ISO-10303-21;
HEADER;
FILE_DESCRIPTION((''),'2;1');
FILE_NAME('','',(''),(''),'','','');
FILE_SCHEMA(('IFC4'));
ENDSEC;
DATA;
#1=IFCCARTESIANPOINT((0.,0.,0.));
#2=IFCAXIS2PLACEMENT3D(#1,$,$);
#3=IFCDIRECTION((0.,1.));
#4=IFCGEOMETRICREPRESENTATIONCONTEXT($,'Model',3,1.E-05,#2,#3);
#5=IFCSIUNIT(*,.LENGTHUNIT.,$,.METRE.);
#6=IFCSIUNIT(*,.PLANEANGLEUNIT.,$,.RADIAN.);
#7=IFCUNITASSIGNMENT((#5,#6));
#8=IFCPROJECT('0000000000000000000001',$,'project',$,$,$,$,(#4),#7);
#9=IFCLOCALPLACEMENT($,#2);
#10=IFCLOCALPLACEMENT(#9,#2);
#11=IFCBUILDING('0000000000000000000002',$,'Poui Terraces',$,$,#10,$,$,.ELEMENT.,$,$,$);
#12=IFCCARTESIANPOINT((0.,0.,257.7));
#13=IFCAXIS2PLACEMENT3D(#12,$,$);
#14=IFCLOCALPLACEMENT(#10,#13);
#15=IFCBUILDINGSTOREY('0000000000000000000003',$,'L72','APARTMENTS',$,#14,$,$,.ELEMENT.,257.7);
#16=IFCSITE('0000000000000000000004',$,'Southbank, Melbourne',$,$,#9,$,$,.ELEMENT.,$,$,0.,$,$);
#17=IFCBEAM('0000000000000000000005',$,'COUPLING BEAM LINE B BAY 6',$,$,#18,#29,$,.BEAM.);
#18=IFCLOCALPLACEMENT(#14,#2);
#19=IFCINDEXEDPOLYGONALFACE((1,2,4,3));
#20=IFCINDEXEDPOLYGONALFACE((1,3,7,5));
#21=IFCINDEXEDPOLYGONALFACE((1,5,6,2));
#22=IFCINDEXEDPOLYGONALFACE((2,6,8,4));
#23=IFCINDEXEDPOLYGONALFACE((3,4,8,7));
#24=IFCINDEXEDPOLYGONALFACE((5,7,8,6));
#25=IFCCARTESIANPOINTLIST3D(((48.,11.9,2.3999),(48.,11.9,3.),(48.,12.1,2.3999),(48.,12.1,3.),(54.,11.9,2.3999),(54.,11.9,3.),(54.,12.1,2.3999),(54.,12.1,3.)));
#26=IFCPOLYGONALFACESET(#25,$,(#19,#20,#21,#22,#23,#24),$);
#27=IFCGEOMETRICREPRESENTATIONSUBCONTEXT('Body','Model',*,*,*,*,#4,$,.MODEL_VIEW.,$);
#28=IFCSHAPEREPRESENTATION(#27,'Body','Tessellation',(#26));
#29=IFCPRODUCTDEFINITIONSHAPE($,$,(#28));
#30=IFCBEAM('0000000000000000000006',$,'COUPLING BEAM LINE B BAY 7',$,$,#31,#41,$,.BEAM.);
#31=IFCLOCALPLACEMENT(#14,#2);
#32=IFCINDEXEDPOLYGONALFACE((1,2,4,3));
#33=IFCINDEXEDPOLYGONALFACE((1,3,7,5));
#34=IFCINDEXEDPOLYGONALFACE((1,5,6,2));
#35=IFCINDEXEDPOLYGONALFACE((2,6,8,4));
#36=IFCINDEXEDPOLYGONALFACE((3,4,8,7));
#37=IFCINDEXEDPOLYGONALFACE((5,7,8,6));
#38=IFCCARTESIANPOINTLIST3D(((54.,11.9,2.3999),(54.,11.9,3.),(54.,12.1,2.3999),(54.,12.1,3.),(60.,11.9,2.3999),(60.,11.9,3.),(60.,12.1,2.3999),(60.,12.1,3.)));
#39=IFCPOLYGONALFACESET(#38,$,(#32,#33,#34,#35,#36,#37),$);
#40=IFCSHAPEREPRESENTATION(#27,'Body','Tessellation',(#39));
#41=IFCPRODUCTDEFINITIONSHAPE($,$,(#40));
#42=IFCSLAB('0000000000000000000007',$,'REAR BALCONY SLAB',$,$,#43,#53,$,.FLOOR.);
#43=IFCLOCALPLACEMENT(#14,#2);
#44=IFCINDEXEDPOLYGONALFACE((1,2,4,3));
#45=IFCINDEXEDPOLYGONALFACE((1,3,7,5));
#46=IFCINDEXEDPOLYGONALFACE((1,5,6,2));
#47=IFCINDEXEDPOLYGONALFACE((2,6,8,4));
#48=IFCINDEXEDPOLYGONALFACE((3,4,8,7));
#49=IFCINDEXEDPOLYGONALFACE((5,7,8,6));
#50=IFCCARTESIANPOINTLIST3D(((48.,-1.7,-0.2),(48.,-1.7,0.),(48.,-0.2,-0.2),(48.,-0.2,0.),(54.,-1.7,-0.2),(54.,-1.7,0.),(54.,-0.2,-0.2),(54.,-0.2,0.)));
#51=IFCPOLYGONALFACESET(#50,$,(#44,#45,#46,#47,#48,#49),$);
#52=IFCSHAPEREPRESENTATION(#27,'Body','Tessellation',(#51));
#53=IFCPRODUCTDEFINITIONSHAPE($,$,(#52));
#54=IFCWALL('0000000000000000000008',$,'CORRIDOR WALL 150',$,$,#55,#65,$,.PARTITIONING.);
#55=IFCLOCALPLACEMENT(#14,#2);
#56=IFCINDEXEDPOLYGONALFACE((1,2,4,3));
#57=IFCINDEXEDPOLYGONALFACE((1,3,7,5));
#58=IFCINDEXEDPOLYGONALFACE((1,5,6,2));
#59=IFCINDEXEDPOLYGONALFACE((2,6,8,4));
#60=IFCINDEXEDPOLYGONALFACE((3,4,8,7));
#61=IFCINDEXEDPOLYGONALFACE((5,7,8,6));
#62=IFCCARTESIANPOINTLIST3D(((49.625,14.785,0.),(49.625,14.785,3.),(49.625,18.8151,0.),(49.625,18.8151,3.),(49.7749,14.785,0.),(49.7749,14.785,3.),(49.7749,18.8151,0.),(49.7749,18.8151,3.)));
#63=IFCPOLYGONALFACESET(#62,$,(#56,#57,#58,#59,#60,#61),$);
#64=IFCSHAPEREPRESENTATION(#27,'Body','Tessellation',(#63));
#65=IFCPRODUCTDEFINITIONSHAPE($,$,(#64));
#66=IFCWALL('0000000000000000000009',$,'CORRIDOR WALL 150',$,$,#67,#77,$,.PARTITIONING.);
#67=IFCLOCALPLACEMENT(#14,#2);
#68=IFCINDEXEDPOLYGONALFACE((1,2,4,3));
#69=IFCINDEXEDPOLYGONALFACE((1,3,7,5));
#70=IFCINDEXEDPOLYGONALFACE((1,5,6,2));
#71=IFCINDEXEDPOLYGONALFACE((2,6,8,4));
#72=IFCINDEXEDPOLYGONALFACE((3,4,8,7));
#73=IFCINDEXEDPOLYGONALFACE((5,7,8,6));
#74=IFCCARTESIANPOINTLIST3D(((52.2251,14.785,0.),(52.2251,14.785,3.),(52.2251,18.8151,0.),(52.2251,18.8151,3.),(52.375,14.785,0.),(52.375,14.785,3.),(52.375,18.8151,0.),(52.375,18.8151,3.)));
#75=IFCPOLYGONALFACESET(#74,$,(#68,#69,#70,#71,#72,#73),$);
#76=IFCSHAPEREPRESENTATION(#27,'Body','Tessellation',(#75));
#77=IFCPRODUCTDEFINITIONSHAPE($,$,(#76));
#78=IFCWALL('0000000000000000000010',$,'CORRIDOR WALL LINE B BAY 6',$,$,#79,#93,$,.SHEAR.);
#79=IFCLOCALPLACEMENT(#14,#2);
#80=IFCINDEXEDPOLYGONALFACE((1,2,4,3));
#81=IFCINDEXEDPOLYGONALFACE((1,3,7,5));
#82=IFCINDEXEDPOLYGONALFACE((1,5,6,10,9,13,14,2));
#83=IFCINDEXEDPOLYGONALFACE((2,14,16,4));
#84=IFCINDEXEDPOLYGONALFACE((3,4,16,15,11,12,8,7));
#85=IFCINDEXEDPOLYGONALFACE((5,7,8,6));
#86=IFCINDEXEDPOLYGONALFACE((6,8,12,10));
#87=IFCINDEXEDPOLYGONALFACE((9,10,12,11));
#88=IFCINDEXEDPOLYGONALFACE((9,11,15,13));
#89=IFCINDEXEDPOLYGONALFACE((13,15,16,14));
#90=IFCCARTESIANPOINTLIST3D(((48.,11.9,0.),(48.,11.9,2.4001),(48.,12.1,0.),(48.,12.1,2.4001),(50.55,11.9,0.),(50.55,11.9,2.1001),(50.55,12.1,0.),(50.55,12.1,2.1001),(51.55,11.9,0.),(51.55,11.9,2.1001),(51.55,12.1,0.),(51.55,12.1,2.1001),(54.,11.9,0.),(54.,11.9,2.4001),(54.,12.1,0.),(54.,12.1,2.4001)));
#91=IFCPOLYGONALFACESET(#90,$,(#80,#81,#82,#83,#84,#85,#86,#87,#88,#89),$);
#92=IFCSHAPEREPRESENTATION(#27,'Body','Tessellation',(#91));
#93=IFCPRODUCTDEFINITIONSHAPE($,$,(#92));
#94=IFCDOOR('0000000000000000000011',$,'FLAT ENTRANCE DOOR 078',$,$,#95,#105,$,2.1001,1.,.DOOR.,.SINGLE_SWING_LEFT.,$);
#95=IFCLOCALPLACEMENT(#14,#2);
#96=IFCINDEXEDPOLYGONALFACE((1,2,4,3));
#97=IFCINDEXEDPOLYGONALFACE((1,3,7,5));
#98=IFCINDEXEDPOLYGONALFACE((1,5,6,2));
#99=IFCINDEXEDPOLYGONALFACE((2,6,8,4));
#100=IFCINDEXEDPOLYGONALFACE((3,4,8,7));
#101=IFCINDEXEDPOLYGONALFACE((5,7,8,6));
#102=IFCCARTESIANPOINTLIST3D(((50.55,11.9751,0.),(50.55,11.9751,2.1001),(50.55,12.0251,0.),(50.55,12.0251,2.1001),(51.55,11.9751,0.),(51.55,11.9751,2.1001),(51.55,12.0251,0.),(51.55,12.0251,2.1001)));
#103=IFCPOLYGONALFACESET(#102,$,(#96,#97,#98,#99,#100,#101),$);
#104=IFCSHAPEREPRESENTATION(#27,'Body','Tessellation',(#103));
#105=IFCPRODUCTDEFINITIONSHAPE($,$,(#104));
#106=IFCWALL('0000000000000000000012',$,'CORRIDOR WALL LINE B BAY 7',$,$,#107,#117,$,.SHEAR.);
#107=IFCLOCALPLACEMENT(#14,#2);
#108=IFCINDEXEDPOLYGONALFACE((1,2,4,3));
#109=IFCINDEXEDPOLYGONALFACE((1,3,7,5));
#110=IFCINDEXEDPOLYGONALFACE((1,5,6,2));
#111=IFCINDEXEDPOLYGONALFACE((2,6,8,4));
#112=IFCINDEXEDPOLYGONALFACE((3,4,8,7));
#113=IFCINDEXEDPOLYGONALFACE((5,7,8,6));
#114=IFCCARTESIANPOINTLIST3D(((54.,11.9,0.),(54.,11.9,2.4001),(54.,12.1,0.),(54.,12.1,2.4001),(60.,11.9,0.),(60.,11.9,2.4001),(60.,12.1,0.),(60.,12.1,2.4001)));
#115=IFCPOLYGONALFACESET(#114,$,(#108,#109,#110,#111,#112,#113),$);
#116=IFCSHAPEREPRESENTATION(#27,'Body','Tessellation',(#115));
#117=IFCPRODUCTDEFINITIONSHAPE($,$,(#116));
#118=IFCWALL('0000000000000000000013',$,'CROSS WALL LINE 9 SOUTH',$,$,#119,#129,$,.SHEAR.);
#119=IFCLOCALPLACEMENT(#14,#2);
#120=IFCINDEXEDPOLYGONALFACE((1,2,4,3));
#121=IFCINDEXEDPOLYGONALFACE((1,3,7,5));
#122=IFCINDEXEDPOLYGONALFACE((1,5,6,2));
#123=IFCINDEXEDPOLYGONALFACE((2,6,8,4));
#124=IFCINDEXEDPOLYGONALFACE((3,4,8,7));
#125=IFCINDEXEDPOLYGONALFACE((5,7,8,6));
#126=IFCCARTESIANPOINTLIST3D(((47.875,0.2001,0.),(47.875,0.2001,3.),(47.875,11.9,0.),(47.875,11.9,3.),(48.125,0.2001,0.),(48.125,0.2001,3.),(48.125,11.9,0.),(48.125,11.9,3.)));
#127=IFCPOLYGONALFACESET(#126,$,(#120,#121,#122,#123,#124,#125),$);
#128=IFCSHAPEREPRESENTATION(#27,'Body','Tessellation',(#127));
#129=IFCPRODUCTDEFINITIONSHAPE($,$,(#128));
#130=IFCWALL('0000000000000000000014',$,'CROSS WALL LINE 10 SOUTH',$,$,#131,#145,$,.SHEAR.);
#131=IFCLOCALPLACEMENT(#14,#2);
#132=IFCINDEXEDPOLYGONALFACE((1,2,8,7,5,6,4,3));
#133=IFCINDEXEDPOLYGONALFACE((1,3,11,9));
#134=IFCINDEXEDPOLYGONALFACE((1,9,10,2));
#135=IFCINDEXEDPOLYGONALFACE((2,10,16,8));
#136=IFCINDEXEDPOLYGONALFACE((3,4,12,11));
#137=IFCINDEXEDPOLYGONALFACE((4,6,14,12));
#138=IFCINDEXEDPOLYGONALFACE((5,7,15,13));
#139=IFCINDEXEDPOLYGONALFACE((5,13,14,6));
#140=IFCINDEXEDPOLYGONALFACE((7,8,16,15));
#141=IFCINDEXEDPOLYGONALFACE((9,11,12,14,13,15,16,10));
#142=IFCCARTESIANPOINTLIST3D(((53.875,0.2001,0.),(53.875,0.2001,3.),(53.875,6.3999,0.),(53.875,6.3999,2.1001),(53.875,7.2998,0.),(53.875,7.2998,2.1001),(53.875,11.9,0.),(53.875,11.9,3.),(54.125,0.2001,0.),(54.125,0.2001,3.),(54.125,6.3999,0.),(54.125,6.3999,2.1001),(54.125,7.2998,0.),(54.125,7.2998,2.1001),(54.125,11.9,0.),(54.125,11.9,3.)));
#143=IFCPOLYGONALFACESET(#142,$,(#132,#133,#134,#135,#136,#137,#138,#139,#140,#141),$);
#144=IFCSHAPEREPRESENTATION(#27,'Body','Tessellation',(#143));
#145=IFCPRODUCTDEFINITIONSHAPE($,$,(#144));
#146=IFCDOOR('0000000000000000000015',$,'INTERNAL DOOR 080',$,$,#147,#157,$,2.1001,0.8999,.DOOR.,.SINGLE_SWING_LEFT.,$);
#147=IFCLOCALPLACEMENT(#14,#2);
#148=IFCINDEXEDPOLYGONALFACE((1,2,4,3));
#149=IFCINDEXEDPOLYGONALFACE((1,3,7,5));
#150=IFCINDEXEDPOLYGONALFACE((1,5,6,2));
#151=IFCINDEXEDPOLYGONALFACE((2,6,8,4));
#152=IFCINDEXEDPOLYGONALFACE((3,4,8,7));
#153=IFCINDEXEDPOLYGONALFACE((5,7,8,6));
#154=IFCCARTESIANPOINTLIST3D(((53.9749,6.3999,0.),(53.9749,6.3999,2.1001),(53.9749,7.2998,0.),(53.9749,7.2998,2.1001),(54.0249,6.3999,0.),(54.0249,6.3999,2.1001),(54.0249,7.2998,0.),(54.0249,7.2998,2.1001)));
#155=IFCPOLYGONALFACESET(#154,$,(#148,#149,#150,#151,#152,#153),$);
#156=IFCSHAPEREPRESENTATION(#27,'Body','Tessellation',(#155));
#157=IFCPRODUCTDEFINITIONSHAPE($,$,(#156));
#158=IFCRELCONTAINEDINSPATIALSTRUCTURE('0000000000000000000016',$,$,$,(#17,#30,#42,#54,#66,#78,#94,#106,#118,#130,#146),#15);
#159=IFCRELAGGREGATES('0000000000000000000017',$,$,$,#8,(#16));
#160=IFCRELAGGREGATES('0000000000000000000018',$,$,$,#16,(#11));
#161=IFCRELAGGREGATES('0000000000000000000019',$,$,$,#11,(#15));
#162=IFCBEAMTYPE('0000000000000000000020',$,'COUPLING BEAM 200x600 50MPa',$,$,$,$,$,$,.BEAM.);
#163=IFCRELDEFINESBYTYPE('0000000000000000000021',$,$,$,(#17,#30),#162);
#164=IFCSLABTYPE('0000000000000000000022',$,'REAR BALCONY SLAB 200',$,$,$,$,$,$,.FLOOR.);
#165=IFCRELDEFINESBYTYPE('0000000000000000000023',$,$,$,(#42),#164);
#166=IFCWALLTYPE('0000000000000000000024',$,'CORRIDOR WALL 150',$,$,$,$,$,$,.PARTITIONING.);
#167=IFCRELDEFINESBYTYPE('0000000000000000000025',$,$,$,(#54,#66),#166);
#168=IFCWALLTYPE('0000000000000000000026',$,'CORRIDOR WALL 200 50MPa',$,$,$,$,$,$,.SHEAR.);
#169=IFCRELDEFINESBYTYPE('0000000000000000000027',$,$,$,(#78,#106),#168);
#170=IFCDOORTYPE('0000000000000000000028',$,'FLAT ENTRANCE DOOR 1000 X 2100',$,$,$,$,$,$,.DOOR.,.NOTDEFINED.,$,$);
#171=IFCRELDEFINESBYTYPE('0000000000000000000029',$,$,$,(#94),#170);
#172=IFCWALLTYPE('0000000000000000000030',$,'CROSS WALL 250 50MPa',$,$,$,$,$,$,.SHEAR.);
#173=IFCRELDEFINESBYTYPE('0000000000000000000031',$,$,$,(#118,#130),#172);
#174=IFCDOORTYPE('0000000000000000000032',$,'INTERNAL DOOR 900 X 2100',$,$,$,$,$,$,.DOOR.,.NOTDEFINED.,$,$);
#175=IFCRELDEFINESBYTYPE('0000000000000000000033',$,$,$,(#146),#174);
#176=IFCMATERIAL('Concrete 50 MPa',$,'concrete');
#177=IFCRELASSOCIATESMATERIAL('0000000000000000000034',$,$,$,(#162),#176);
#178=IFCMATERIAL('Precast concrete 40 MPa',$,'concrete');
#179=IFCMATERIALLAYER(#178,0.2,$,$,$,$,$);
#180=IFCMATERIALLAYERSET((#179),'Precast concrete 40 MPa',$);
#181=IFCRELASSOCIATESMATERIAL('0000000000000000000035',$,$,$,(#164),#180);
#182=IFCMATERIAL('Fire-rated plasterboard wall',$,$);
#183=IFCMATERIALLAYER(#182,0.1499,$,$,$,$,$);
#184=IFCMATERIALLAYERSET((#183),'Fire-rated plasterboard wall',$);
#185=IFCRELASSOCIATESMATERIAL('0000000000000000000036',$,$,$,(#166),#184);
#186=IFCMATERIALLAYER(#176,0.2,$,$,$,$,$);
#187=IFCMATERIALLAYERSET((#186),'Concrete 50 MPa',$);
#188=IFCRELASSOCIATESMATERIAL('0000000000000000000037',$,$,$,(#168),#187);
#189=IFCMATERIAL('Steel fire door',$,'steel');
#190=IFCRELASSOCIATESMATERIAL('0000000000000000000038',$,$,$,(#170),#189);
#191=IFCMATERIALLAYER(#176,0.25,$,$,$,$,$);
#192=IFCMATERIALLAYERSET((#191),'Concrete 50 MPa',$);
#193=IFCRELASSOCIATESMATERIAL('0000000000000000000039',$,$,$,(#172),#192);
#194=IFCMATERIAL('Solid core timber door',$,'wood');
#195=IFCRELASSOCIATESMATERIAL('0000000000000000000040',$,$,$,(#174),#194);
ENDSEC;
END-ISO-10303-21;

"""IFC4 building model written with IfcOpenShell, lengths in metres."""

from ifc_helpers import new_model, si_unit, direction, frame, frame_2d, origin, origin_2d, place, context, subcontext, project, spatial, polyline, rectangle, outline, extrude, source, transform, mapped, material, layer, layer_set, material_profile, profile_set, type_object, element, fill, save


model = new_model("IFC4")

# Units and contexts
model_context = context("Model", 3, precision=1e-05, world=origin(), true_north=direction((0.0, 1.0)))
body_context = subcontext(model_context, "Body", "Model", "MODEL_VIEW")
ifc_project = project(units=[si_unit("LENGTHUNIT", "METRE"), si_unit("PLANEANGLEUNIT", "RADIAN")], contexts=[model_context])

# Site, building, storey
site_placement = place(None, origin())
site = spatial("IfcSite", under=ifc_project, at=site_placement, Name="Southbank, Melbourne", CompositionType="ELEMENT", RefElevation=0.0)
building_placement = place(site_placement, origin())
building = spatial("IfcBuilding", under=site, at=building_placement, Name="Poui Terraces", CompositionType="ELEMENT")
storey_placement = place(building_placement, frame((0.0, 0.0, 257.7)))
storey = spatial("IfcBuildingStorey", under=building, at=storey_placement, Name="L72", Description="APARTMENTS", CompositionType="ELEMENT", Elevation=257.7)

# Beams
ifc_material_1 = material(Name="Concrete 50 MPa", Category="concrete")
ifc_material_profile_1 = material_profile(ifc_material_1, rectangle(XDim=0.2, YDim=0.6001, at=origin_2d()), Name="RC 200x600")
ifc_profile_set_1 = profile_set([ifc_material_profile_1], Name="Concrete 50 MPa")
beam_type = type_object("IfcBeamType", Name="COUPLING BEAM 200x600 50MPa", PredefinedType="BEAM", material=ifc_profile_set_1)
shared_shape_1 = source(origin(), body_context, "Body", "SweptSolid", [
    extrude(rectangle(XDim=0.2, YDim=0.6001, at=origin_2d()), origin(), (0.0, 0.0, 1.0), 6.0),
])
for number, where, z_axis, x_axis, name in (
    (1, (48.0, 12.0, 2.7), (1.0, 0.0, 0.0), (0.0, 1.0, 0.0), "COUPLING BEAM LINE B BAY 6"),
    (2, (54.0, 12.0, 2.7), (1.0, 0.0, 0.0), (0.0, 1.0, 0.0), "COUPLING BEAM LINE B BAY 7"),
):
    element("IfcBeam", number, at=place(storey_placement, frame(where, z_axis=z_axis, x_axis=x_axis)), inside=storey, type_object=beam_type, Name=name, PredefinedType="BEAM", context=body_context, shape_type="MappedRepresentation", body=[
        mapped(shared_shape_1, transform((0.0, 0.0, 0.0))),
    ])

# Slab
ifc_material_2 = material(Name="Precast concrete 40 MPa", Category="concrete")
ifc_layer_1 = layer(ifc_material_2, 0.2)
ifc_layer_set_1 = layer_set([ifc_layer_1], Name="Precast concrete 40 MPa")
slab_type = type_object("IfcSlabType", Name="REAR BALCONY SLAB 200", PredefinedType="FLOOR", material=ifc_layer_set_1)
shared_shape_2 = source(origin(), body_context, "Body", "SweptSolid", [
    extrude(outline(polyline([(0.0, 0.0), (6.0, 0.0), (6.0, 1.5), (0.0, 1.5), (0.0, 0.0)])), origin(), (0.0, 0.0, 1.0), 0.2),
])
slab_placement = place(storey_placement, frame((48.0, -1.7, -0.2)))
element("IfcSlab", 3, at=slab_placement, inside=storey, type_object=slab_type, Name="REAR BALCONY SLAB", PredefinedType="FLOOR", context=body_context, shape_type="MappedRepresentation", body=[
    mapped(shared_shape_2, transform((0.0, 0.0, 0.0))),
])

# Walls
ifc_material_3 = material(Name="Fire-rated plasterboard wall")
ifc_layer_2 = layer(ifc_material_3, 0.1499)
ifc_layer_set_2 = layer_set([ifc_layer_2], Name="Fire-rated plasterboard wall")
wall_type_1 = type_object("IfcWallType", Name="CORRIDOR WALL 150", PredefinedType="PARTITIONING", material=ifc_layer_set_2)
for number, where, z_axis, x_axis, name in (
    (4, (49.7, 14.7849, 0.0), (0.0, 0.0, 1.0), (0.0, 1.0, 0.0), "CORRIDOR WALL 150"),
    (5, (52.3, 14.7849, 0.0), (0.0, 0.0, 1.0), (0.0, 1.0, 0.0), "CORRIDOR WALL 150"),
):
    element("IfcWall", number, at=place(storey_placement, frame(where, z_axis=z_axis, x_axis=x_axis)), inside=storey, type_object=wall_type_1, Name=name, PredefinedType="PARTITIONING", context=body_context, shape_type="SweptSolid", body=[
        extrude(rectangle(XDim=4.03, YDim=0.1499, at=frame_2d((2.0151, 0.0))), origin(), (0.0, 0.0, 1.0), 3.0),
    ])

# Wall, opening, door
ifc_layer_3 = layer(ifc_material_1, 0.2)
ifc_layer_set_3 = layer_set([ifc_layer_3], Name="Concrete 50 MPa")
wall_type_2 = type_object("IfcWallType", Name="CORRIDOR WALL 200 50MPa", PredefinedType="SHEAR", material=ifc_layer_set_3)
wall_1_placement = place(storey_placement, frame((48.0, 12.0, 0.0), z_axis=(0.0, 0.0, 1.0), x_axis=(1.0, 0.0, 0.0)))
wall_1 = element("IfcWall", 6, at=wall_1_placement, inside=storey, type_object=wall_type_2, Name="CORRIDOR WALL LINE B BAY 6", PredefinedType="SHEAR", context=body_context, shape_type="SweptSolid", body=[
    extrude(rectangle(XDim=6.0, YDim=0.2, at=frame_2d((3.0, 0.0))), origin(), (0.0, 0.0, 1.0), 2.4001),
])
opening_1_placement = place(wall_1_placement, frame((2.55, 0.0, 0.0)))
opening_1 = element("IfcOpeningElement", 7, at=opening_1_placement, cuts=wall_1, PredefinedType="OPENING", context=body_context, shape_type="SweptSolid", body=[
    extrude(rectangle(XDim=1.0, YDim=2.1001, at=frame_2d((0.5, 1.05))), frame((0.0, 0.1099, 0.0), z_axis=(0.0, -1.0, 0.0), x_axis=(1.0, 0.0, 0.0)), (0.0, 0.0, 1.0), 0.22),
])
ifc_material_4 = material(Name="Steel fire door", Category="steel")
door_type_1 = type_object("IfcDoorType", Name="FLAT ENTRANCE DOOR 1000 X 2100", OperationType="NOTDEFINED", PredefinedType="DOOR", material=ifc_material_4)
door_1_placement = place(opening_1_placement, frame((1.0, 0.0, 0.0), z_axis=(0.0, 0.0, 1.0), x_axis=(-1.0, 0.0, 0.0)))
door_1 = element("IfcDoor", 8, at=door_1_placement, inside=storey, type_object=door_type_1, Name="FLAT ENTRANCE DOOR 078", OperationType="SINGLE_SWING_LEFT", OverallHeight=2.1001, OverallWidth=1.0, PredefinedType="DOOR", context=body_context, shape_type="SweptSolid", body=[
    extrude(rectangle(XDim=1.0, YDim=2.1001, at=frame_2d((0.5, 1.05))), frame((0.0, 0.0249, 0.0), z_axis=(0.0, -1.0, 0.0), x_axis=(1.0, 0.0, 0.0)), (0.0, 0.0, 1.0), 0.05),
])
fill(opening_1, door_1)

# Walls
wall_2_placement = place(storey_placement, frame((54.0, 12.0, 0.0), z_axis=(0.0, 0.0, 1.0), x_axis=(1.0, 0.0, 0.0)))
element("IfcWall", 9, at=wall_2_placement, inside=storey, type_object=wall_type_2, Name="CORRIDOR WALL LINE B BAY 7", PredefinedType="SHEAR", context=body_context, shape_type="SweptSolid", body=[
    extrude(rectangle(XDim=6.0, YDim=0.2, at=frame_2d((3.0, 0.0))), origin(), (0.0, 0.0, 1.0), 2.4001),
])
ifc_layer_4 = layer(ifc_material_1, 0.25)
ifc_layer_set_4 = layer_set([ifc_layer_4], Name="Concrete 50 MPa")
wall_type_3 = type_object("IfcWallType", Name="CROSS WALL 250 50MPa", PredefinedType="SHEAR", material=ifc_layer_set_4)
wall_3_placement = place(storey_placement, frame((48.0, 0.2, 0.0), z_axis=(0.0, 0.0, 1.0), x_axis=(0.0, 1.0, 0.0)))
element("IfcWall", 10, at=wall_3_placement, inside=storey, type_object=wall_type_3, Name="CROSS WALL LINE 9 SOUTH", PredefinedType="SHEAR", context=body_context, shape_type="SweptSolid", body=[
    extrude(rectangle(XDim=11.7, YDim=0.25, at=frame_2d((5.8501, 0.0))), origin(), (0.0, 0.0, 1.0), 3.0),
])

# Wall, opening, door
wall_4_placement = place(storey_placement, frame((54.0, 0.2, 0.0), z_axis=(0.0, 0.0, 1.0), x_axis=(0.0, 1.0, 0.0)))
wall_4 = element("IfcWall", 11, at=wall_4_placement, inside=storey, type_object=wall_type_3, Name="CROSS WALL LINE 10 SOUTH", PredefinedType="SHEAR", context=body_context, shape_type="SweptSolid", body=[
    extrude(rectangle(XDim=11.7, YDim=0.25, at=frame_2d((5.8501, 0.0))), origin(), (0.0, 0.0, 1.0), 3.0),
])
opening_2_placement = place(wall_4_placement, frame((6.2, 0.0, 0.0)))
opening_2 = element("IfcOpeningElement", 12, at=opening_2_placement, cuts=wall_4, PredefinedType="OPENING", context=body_context, shape_type="SweptSolid", body=[
    extrude(rectangle(XDim=0.8999, YDim=2.1001, at=frame_2d((0.45, 1.05))), frame((0.0, 0.135, 0.0), z_axis=(0.0, -1.0, 0.0), x_axis=(1.0, 0.0, 0.0)), (0.0, 0.0, 1.0), 0.27),
])
ifc_material_5 = material(Name="Solid core timber door", Category="wood")
door_type_2 = type_object("IfcDoorType", Name="INTERNAL DOOR 900 X 2100", OperationType="NOTDEFINED", PredefinedType="DOOR", material=ifc_material_5)
door_2_placement = place(opening_2_placement, frame((0.8999, 0.0, 0.0), z_axis=(0.0, 0.0, 1.0), x_axis=(-1.0, 0.0, 0.0)))
door_2 = element("IfcDoor", 13, at=door_2_placement, inside=storey, type_object=door_type_2, Name="INTERNAL DOOR 080", OperationType="SINGLE_SWING_LEFT", OverallHeight=2.1001, OverallWidth=0.8999, PredefinedType="DOOR", context=body_context, shape_type="SweptSolid", body=[
    extrude(rectangle(XDim=0.8999, YDim=2.1001, at=frame_2d((0.45, 1.05))), frame((0.0, 0.0249, 0.0), z_axis=(0.0, -1.0, 0.0), x_axis=(1.0, 0.0, 0.0)), (0.0, 0.0, 1.0), 0.05),
])
fill(opening_2, door_2)

save(model, "model.ifc")
